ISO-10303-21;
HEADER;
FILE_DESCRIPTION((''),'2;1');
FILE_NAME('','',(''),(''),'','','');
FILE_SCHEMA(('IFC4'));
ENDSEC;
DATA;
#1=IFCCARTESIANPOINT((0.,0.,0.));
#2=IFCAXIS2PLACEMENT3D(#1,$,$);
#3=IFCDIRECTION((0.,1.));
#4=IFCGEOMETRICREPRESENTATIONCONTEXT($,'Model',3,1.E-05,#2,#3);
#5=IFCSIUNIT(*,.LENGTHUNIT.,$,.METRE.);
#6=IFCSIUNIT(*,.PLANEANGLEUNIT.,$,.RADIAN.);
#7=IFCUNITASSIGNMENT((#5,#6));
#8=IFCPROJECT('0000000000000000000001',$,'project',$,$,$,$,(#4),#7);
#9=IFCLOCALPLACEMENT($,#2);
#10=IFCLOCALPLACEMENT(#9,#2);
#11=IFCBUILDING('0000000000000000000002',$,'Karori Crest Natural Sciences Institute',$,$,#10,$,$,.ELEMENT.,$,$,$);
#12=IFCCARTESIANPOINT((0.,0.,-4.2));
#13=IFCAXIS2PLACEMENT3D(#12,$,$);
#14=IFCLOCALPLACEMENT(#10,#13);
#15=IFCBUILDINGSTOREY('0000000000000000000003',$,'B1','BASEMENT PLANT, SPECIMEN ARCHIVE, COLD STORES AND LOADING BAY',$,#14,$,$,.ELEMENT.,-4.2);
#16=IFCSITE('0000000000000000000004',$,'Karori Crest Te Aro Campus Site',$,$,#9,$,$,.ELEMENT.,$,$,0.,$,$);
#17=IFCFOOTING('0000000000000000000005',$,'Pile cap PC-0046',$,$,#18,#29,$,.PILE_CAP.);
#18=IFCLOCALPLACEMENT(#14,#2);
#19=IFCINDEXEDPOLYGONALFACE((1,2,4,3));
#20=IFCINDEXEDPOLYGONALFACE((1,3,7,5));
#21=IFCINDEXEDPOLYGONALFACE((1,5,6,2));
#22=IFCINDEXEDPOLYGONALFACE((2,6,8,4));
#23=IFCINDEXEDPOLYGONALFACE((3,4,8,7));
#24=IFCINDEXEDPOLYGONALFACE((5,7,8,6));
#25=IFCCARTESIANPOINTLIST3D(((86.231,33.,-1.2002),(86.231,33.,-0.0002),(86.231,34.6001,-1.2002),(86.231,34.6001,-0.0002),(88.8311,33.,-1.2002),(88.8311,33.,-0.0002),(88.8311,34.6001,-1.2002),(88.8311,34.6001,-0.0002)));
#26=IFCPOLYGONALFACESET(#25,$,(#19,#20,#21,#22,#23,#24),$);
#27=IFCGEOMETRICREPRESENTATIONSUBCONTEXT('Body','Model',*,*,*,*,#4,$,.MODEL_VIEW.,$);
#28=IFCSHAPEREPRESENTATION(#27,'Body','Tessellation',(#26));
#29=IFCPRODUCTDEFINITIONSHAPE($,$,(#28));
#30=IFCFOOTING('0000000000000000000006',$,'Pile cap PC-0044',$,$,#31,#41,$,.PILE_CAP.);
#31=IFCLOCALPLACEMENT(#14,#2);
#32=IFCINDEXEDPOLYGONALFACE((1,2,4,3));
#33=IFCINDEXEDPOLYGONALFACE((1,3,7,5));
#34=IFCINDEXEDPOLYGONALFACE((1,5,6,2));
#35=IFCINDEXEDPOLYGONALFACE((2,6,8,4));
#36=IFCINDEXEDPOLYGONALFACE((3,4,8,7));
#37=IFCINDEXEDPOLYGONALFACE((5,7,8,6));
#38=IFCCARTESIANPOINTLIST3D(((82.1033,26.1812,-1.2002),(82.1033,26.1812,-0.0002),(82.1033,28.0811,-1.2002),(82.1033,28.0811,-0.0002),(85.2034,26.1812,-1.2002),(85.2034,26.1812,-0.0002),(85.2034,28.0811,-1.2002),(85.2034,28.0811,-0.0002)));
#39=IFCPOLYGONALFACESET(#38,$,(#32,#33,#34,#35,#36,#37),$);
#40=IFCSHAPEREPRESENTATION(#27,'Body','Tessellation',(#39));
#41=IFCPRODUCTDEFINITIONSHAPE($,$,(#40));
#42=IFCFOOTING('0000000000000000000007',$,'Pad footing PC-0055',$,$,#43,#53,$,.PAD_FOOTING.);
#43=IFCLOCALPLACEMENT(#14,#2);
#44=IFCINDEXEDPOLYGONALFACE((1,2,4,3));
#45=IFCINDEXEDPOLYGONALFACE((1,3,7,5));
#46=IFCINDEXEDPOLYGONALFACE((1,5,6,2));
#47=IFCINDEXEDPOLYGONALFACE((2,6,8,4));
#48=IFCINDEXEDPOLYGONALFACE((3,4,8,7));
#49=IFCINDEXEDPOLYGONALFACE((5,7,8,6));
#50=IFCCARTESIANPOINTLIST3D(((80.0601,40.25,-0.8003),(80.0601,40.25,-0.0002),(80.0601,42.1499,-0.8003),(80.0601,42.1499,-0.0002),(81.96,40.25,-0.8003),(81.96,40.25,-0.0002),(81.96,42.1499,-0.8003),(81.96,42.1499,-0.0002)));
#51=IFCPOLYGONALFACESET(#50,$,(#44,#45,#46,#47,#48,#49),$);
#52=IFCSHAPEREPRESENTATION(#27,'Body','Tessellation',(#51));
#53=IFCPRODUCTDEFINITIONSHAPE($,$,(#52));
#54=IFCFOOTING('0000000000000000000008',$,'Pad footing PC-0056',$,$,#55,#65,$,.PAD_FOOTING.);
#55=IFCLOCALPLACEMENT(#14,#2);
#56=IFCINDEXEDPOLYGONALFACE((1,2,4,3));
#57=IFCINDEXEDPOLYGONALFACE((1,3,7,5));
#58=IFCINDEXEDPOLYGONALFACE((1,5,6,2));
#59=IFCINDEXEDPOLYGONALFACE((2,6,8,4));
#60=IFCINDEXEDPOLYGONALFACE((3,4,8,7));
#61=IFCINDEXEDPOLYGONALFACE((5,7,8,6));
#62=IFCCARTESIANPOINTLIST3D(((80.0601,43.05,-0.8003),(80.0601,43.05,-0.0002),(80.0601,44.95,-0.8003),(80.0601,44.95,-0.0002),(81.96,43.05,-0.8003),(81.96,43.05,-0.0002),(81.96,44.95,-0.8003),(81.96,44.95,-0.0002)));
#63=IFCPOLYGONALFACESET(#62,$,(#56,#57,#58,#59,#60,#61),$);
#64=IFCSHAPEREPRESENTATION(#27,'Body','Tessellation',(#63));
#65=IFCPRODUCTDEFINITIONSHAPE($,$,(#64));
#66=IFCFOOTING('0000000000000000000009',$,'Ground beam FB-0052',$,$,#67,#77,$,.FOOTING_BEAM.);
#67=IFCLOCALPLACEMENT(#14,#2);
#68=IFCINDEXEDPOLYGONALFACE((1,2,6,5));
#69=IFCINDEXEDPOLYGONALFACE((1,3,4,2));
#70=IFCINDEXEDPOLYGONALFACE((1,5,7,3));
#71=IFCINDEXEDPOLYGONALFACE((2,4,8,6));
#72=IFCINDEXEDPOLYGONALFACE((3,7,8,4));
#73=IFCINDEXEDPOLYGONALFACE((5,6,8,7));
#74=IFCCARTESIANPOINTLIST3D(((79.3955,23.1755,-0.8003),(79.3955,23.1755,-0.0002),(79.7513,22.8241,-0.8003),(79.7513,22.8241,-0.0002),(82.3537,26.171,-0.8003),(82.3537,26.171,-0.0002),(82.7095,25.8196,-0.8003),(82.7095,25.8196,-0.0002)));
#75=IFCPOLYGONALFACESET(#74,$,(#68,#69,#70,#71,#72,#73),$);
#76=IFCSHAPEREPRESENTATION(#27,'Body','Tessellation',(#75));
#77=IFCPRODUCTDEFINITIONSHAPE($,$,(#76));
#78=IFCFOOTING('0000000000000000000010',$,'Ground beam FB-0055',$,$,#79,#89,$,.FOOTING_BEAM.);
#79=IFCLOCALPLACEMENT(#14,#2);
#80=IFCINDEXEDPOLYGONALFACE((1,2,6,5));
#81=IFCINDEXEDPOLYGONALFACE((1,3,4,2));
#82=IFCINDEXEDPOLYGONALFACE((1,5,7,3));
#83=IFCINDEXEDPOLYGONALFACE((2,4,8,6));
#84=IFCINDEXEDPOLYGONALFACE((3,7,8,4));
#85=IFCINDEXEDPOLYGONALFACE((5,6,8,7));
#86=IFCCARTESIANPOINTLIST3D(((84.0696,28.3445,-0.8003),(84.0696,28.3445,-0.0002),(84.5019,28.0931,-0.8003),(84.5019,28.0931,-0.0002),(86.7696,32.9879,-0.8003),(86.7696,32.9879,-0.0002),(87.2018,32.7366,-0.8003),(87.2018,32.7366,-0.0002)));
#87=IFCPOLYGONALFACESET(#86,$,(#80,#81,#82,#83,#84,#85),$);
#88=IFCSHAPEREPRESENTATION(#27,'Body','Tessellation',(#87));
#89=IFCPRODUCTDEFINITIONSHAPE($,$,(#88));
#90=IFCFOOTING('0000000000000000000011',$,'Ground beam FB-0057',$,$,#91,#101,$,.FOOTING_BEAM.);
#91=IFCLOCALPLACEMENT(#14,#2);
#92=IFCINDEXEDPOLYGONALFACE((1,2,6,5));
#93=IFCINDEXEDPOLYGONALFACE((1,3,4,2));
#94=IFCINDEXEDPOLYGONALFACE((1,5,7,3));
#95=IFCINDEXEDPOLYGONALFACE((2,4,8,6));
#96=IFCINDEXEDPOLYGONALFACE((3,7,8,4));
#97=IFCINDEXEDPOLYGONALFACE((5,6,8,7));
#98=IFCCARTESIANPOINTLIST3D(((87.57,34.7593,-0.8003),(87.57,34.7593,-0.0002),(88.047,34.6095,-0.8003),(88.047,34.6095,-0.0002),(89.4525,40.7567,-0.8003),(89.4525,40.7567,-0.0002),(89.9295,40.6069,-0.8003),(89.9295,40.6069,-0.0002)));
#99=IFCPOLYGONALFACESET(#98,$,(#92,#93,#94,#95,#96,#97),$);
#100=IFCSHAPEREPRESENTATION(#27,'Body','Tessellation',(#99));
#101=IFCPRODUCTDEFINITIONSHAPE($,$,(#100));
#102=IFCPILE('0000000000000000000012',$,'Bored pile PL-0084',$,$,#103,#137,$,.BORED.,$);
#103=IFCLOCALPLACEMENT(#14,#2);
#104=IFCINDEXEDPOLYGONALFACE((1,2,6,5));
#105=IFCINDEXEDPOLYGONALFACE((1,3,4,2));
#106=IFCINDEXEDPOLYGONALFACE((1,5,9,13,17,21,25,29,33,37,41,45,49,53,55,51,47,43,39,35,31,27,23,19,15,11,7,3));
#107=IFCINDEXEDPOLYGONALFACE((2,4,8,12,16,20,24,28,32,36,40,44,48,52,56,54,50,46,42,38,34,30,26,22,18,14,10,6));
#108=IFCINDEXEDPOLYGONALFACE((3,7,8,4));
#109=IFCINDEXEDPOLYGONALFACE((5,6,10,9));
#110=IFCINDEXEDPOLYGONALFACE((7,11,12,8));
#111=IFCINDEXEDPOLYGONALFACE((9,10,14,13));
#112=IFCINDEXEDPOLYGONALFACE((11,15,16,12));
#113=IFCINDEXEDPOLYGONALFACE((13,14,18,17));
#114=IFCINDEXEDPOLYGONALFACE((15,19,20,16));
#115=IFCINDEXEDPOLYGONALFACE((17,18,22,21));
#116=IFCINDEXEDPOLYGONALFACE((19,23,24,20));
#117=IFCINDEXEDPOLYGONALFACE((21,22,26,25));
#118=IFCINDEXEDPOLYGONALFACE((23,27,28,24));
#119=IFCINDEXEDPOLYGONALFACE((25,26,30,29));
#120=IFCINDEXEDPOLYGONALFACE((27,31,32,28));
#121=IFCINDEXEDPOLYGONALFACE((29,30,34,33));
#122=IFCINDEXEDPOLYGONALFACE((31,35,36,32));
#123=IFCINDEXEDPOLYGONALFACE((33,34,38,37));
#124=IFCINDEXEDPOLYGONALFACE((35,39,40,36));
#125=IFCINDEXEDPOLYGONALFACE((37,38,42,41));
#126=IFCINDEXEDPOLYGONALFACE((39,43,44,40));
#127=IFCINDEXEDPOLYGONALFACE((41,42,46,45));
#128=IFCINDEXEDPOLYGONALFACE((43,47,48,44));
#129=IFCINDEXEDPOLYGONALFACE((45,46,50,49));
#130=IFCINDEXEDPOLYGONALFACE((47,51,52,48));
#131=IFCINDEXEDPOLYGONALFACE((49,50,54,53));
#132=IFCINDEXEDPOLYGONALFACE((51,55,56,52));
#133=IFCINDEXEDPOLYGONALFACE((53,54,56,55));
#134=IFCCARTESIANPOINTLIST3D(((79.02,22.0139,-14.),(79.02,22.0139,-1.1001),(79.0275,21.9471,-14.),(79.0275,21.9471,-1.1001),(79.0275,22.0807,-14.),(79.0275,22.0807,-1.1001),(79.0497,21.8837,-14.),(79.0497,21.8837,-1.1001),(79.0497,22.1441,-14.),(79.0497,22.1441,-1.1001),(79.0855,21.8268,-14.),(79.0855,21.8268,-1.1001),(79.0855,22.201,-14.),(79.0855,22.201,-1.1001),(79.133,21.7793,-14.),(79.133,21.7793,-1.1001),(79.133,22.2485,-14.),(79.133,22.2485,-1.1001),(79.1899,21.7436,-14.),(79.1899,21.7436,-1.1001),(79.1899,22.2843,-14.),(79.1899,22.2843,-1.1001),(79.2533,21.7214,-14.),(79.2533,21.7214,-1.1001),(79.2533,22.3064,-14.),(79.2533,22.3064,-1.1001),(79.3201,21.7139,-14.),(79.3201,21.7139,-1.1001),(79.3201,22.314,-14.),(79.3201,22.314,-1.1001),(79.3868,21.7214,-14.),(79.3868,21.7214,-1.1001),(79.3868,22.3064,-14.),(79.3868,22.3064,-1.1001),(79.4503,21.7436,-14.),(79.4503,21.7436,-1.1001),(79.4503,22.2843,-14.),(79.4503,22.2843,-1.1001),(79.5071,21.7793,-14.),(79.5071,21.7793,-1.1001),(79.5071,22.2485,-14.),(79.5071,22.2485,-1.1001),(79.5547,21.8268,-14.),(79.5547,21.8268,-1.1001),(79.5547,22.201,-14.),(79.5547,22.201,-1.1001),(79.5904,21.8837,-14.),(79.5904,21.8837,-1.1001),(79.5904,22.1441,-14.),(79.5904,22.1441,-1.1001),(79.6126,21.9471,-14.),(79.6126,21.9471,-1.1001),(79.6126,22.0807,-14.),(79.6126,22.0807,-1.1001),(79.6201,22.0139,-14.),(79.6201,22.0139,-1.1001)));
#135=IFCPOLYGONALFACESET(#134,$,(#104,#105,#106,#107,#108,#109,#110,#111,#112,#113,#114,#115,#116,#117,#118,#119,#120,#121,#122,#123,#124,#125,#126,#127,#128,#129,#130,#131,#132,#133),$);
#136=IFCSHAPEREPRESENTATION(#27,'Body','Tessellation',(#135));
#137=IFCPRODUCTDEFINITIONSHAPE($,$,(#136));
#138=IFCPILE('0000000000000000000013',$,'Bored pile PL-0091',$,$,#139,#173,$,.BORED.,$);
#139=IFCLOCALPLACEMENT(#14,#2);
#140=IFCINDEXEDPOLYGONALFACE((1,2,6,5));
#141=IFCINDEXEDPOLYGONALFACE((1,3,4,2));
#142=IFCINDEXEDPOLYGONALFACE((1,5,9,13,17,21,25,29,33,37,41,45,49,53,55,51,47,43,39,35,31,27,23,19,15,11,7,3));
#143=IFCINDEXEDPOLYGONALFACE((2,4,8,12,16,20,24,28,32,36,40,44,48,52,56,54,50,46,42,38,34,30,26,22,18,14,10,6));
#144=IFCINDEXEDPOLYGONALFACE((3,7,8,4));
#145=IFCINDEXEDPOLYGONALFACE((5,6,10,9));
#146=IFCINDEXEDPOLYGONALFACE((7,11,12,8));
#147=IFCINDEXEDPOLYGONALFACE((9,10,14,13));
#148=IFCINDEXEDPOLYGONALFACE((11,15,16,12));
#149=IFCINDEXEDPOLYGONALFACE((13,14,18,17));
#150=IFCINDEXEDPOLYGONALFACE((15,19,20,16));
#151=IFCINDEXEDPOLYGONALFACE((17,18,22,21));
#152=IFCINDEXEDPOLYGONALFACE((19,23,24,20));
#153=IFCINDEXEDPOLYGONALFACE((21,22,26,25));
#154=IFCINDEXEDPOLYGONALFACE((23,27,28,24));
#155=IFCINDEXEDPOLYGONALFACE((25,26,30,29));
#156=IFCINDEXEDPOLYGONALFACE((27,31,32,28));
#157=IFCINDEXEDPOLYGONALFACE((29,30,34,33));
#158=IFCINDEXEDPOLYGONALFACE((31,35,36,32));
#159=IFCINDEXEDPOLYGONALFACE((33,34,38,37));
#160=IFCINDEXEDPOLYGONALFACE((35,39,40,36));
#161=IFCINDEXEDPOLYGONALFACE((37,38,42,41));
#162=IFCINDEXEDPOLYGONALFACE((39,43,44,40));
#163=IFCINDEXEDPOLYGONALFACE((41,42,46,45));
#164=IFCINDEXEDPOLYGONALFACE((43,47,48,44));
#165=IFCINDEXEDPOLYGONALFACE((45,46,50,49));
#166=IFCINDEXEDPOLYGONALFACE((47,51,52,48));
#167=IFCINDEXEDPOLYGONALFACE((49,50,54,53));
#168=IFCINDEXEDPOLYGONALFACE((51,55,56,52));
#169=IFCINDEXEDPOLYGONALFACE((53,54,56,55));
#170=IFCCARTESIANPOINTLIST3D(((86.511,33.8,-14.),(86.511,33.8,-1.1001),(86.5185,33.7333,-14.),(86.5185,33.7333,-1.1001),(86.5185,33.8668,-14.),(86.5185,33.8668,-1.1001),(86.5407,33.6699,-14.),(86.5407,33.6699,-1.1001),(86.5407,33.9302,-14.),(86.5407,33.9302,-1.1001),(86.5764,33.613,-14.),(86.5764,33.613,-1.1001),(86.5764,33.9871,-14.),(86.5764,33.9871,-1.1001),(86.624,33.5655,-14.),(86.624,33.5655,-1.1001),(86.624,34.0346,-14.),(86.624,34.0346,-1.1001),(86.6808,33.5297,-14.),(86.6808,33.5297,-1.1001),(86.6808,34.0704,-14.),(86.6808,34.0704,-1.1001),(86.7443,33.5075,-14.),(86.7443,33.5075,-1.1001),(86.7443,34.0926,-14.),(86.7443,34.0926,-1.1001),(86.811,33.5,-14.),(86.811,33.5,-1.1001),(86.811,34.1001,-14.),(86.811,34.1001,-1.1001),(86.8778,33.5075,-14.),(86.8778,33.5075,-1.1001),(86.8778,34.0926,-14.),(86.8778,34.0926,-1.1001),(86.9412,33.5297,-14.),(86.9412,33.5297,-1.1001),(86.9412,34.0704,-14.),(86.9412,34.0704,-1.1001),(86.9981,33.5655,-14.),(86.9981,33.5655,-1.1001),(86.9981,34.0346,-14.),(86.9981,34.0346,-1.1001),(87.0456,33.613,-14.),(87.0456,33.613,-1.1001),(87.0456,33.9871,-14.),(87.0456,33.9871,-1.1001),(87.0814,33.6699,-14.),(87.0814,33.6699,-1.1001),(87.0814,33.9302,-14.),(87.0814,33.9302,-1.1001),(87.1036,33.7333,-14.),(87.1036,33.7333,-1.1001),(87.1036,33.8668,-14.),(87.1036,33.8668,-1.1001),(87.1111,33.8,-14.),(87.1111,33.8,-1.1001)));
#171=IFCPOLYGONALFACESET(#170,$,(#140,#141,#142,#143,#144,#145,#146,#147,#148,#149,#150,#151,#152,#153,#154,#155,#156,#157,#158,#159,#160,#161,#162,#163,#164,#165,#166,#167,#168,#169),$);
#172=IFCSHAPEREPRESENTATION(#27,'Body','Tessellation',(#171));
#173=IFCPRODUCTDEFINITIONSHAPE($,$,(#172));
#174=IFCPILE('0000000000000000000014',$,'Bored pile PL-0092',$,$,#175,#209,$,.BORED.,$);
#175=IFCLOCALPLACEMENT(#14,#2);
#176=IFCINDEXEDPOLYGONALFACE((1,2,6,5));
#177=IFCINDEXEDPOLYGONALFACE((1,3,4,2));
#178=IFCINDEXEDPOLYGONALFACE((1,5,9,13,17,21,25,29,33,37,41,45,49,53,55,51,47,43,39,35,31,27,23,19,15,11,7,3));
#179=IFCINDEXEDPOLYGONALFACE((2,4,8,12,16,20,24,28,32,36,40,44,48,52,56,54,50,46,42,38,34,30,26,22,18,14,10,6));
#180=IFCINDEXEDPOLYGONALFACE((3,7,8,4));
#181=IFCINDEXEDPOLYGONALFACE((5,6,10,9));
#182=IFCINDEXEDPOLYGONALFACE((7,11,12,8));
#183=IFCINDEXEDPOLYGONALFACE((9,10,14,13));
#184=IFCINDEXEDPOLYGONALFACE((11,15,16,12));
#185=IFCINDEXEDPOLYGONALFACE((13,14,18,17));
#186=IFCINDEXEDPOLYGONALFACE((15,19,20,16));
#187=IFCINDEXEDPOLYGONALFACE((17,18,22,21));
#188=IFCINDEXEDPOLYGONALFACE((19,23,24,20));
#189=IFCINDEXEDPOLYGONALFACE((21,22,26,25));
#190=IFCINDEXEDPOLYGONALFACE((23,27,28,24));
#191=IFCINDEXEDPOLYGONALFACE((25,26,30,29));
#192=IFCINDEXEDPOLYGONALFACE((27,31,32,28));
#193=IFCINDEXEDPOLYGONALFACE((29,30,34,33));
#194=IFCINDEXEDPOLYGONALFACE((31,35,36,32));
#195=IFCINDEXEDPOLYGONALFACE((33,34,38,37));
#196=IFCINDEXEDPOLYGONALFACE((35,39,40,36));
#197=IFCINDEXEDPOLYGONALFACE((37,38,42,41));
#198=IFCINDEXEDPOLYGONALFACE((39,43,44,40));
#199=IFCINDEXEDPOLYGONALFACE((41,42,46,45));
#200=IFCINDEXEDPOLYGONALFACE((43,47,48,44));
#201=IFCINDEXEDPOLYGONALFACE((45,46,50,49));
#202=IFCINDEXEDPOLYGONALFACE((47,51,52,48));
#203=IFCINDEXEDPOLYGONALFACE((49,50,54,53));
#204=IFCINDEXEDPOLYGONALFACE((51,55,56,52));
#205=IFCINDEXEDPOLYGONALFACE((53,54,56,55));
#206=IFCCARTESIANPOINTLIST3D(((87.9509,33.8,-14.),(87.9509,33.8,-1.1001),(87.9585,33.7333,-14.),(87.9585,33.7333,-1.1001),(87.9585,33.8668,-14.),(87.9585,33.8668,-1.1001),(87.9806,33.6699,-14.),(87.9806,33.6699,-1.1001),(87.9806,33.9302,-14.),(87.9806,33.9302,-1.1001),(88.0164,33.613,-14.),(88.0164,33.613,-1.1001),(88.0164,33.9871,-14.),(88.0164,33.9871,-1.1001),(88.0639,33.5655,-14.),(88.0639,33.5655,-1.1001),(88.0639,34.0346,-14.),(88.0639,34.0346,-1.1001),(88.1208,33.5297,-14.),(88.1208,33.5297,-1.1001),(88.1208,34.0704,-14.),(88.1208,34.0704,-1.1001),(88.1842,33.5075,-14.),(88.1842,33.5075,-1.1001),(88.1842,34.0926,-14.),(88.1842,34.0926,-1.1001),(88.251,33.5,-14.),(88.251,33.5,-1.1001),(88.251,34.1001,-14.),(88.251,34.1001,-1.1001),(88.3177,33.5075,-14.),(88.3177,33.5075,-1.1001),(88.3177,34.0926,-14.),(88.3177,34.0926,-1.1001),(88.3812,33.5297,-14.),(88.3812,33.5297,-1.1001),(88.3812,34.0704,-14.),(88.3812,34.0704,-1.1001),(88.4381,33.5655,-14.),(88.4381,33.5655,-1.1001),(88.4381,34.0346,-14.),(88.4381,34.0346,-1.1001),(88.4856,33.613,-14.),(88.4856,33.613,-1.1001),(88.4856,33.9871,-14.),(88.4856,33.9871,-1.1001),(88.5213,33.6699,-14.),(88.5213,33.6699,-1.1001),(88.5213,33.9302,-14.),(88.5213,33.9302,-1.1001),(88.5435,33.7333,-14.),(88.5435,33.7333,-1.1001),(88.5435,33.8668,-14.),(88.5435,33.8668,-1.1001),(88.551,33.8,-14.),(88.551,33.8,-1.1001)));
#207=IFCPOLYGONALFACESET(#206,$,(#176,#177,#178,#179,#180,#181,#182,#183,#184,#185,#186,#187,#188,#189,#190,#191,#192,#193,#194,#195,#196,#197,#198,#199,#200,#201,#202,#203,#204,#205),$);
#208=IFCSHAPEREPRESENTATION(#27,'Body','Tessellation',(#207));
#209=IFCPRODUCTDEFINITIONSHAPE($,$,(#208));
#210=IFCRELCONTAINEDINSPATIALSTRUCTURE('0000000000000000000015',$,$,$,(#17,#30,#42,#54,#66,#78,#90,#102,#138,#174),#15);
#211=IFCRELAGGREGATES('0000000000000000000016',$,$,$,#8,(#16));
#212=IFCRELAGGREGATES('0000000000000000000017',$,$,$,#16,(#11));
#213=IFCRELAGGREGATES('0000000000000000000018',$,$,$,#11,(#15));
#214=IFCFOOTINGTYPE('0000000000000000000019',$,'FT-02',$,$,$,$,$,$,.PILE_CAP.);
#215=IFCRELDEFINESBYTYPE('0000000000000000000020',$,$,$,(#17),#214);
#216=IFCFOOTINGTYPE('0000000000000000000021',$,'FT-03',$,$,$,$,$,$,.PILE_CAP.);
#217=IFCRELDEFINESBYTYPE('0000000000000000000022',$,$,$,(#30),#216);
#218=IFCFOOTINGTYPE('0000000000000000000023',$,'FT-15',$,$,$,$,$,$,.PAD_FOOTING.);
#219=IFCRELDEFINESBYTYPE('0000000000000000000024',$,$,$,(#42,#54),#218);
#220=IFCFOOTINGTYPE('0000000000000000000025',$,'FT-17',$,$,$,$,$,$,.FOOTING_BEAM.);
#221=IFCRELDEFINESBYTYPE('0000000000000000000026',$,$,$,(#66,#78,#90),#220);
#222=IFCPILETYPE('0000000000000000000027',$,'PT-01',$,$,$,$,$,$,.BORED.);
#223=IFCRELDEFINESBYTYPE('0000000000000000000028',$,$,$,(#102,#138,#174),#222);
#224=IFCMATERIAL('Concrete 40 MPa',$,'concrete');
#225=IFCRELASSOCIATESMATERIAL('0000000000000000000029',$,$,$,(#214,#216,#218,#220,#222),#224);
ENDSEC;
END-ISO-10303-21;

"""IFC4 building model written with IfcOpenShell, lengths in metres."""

from ifc_helpers import new_model, si_unit, direction, frame, origin, origin_2d, place, context, subcontext, project, spatial, rectangle, circle, extrude, material, material_profile, profile_set, type_object, element, save


model = new_model("IFC4")

# Units and contexts
model_context = context("Model", 3, precision=1e-05, world=origin(), true_north=direction((0.0, 1.0)))
body_context = subcontext(model_context, "Body", "Model", "MODEL_VIEW")
ifc_project = project(units=[si_unit("LENGTHUNIT", "METRE"), si_unit("PLANEANGLEUNIT", "RADIAN")], contexts=[model_context])

# Site, building, storey
site_placement = place(None, origin())
site = spatial("IfcSite", under=ifc_project, at=site_placement, Name="Karori Crest Te Aro Campus Site", CompositionType="ELEMENT", RefElevation=0.0)
building_placement = place(site_placement, origin())
building = spatial("IfcBuilding", under=site, at=building_placement, Name="Karori Crest Natural Sciences Institute", CompositionType="ELEMENT")
storey_placement = place(building_placement, frame((0.0, 0.0, -4.2)))
storey = spatial("IfcBuildingStorey", under=building, at=storey_placement, Name="B1", Description="BASEMENT PLANT, SPECIMEN ARCHIVE, COLD STORES AND LOADING BAY", CompositionType="ELEMENT", Elevation=-4.2)

# Footings
ifc_material_1 = material(Name="Concrete 40 MPa", Category="concrete")
footing_type_1 = type_object("IfcFootingType", Name="FT-02", PredefinedType="PILE_CAP", material=ifc_material_1)
footing_1_placement = place(storey_placement, frame((87.531, 33.8, -1.2002), z_axis=(0.0, 0.0, 1.0), x_axis=(1.0, 0.0, 0.0)))
element("IfcFooting", 1, at=footing_1_placement, inside=storey, type_object=footing_type_1, Name="Pile cap PC-0046", PredefinedType="PILE_CAP", context=body_context, shape_type="SweptSolid", body=[
    extrude(rectangle(XDim=2.6001, YDim=1.6001, at=origin_2d()), origin(), (0.0, 0.0, 1.0), 1.2),
])
footing_type_2 = type_object("IfcFootingType", Name="FT-03", PredefinedType="PILE_CAP", material=ifc_material_1)
footing_2_placement = place(storey_placement, frame((83.6533, 27.1311, -1.2002), z_axis=(0.0, 0.0, 1.0), x_axis=(1.0, 0.0, 0.0)))
element("IfcFooting", 2, at=footing_2_placement, inside=storey, type_object=footing_type_2, Name="Pile cap PC-0044", PredefinedType="PILE_CAP", context=body_context, shape_type="SweptSolid", body=[
    extrude(rectangle(XDim=3.1001, YDim=1.8999, at=origin_2d()), origin(), (0.0, 0.0, 1.0), 1.2),
])
footing_type_3 = type_object("IfcFootingType", Name="FT-15", PredefinedType="PAD_FOOTING", material=ifc_material_1)
for number, where, z_axis, x_axis, name in (
    (3, (81.01, 41.2, -0.8003), (0.0, 0.0, 1.0), (1.0, 0.0, 0.0), "Pad footing PC-0055"),
    (4, (81.01, 44.0, -0.8003), (0.0, 0.0, 1.0), (1.0, 0.0, 0.0), "Pad footing PC-0056"),
):
    element("IfcFooting", number, at=place(storey_placement, frame(where, z_axis=z_axis, x_axis=x_axis)), inside=storey, type_object=footing_type_3, Name=name, PredefinedType="PAD_FOOTING", context=body_context, shape_type="SweptSolid", body=[
        extrude(rectangle(XDim=1.8999, YDim=1.8999, at=origin_2d()), origin(), (0.0, 0.0, 1.0), 0.8),
    ])
footing_type_4 = type_object("IfcFootingType", Name="FT-17", PredefinedType="FOOTING_BEAM", material=ifc_material_1)
footing_3_placement = place(storey_placement, frame((81.0525, 24.4976, -0.8003), z_axis=(0.0, 0.0, 1.0), x_axis=(0.702657, 0.711528, 0.0)))
element("IfcFooting", 5, at=footing_3_placement, inside=storey, type_object=footing_type_4, Name="Ground beam FB-0052", PredefinedType="FOOTING_BEAM", context=body_context, shape_type="SweptSolid", body=[
    extrude(rectangle(XDim=4.21, YDim=0.5, at=origin_2d()), origin(), (0.0, 0.0, 1.0), 0.8),
])
footing_4_placement = place(storey_placement, frame((85.6357, 30.5405, -0.8003), z_axis=(0.0, 0.0, 1.0), x_axis=(0.502658, 0.864485, 0.0)))
element("IfcFooting", 6, at=footing_4_placement, inside=storey, type_object=footing_type_4, Name="Ground beam FB-0055", PredefinedType="FOOTING_BEAM", context=body_context, shape_type="SweptSolid", body=[
    extrude(rectangle(XDim=5.3713, YDim=0.5, at=origin_2d()), origin(), (0.0, 0.0, 1.0), 0.8),
])
footing_5_placement = place(storey_placement, frame((88.7498, 37.6831, -0.8003), z_axis=(0.0, 0.0, 1.0), x_axis=(0.299475, 0.954104, 0.0)))
element("IfcFooting", 7, at=footing_5_placement, inside=storey, type_object=footing_type_4, Name="Ground beam FB-0057", PredefinedType="FOOTING_BEAM", context=body_context, shape_type="SweptSolid", body=[
    extrude(rectangle(XDim=6.2859, YDim=0.5, at=origin_2d()), origin(), (0.0, 0.0, 1.0), 0.8),
])

# Piles
ifc_material_profile_1 = material_profile(ifc_material_1, circle(Radius=0.3, at=origin_2d()), Name="PILE600")
ifc_profile_set_1 = profile_set([ifc_material_profile_1], Name="Concrete 40 MPa")
pile_type_1 = type_object("IfcPileType", Name="PT-01", PredefinedType="BORED", material=ifc_profile_set_1)
for number, where, z_axis, x_axis, name in (
    (8, (79.3201, 22.0139, -1.1001), (0.0, 0.0, -1.0), (1.0, 0.0, 0.0), "Bored pile PL-0084"),
    (9, (86.811, 33.8, -1.1001), (0.0, 0.0, -1.0), (1.0, 0.0, 0.0), "Bored pile PL-0091"),
    (10, (88.251, 33.8, -1.1001), (0.0, 0.0, -1.0), (1.0, 0.0, 0.0), "Bored pile PL-0092"),
):
    element("IfcPile", number, at=place(storey_placement, frame(where, z_axis=z_axis, x_axis=x_axis)), inside=storey, type_object=pile_type_1, Name=name, PredefinedType="BORED", context=body_context, shape_type="SweptSolid", body=[
        extrude(circle(Radius=0.3, at=origin_2d()), origin(), (0.0, 0.0, 1.0), 12.8999),
    ])

save(model, "model.ifc")
